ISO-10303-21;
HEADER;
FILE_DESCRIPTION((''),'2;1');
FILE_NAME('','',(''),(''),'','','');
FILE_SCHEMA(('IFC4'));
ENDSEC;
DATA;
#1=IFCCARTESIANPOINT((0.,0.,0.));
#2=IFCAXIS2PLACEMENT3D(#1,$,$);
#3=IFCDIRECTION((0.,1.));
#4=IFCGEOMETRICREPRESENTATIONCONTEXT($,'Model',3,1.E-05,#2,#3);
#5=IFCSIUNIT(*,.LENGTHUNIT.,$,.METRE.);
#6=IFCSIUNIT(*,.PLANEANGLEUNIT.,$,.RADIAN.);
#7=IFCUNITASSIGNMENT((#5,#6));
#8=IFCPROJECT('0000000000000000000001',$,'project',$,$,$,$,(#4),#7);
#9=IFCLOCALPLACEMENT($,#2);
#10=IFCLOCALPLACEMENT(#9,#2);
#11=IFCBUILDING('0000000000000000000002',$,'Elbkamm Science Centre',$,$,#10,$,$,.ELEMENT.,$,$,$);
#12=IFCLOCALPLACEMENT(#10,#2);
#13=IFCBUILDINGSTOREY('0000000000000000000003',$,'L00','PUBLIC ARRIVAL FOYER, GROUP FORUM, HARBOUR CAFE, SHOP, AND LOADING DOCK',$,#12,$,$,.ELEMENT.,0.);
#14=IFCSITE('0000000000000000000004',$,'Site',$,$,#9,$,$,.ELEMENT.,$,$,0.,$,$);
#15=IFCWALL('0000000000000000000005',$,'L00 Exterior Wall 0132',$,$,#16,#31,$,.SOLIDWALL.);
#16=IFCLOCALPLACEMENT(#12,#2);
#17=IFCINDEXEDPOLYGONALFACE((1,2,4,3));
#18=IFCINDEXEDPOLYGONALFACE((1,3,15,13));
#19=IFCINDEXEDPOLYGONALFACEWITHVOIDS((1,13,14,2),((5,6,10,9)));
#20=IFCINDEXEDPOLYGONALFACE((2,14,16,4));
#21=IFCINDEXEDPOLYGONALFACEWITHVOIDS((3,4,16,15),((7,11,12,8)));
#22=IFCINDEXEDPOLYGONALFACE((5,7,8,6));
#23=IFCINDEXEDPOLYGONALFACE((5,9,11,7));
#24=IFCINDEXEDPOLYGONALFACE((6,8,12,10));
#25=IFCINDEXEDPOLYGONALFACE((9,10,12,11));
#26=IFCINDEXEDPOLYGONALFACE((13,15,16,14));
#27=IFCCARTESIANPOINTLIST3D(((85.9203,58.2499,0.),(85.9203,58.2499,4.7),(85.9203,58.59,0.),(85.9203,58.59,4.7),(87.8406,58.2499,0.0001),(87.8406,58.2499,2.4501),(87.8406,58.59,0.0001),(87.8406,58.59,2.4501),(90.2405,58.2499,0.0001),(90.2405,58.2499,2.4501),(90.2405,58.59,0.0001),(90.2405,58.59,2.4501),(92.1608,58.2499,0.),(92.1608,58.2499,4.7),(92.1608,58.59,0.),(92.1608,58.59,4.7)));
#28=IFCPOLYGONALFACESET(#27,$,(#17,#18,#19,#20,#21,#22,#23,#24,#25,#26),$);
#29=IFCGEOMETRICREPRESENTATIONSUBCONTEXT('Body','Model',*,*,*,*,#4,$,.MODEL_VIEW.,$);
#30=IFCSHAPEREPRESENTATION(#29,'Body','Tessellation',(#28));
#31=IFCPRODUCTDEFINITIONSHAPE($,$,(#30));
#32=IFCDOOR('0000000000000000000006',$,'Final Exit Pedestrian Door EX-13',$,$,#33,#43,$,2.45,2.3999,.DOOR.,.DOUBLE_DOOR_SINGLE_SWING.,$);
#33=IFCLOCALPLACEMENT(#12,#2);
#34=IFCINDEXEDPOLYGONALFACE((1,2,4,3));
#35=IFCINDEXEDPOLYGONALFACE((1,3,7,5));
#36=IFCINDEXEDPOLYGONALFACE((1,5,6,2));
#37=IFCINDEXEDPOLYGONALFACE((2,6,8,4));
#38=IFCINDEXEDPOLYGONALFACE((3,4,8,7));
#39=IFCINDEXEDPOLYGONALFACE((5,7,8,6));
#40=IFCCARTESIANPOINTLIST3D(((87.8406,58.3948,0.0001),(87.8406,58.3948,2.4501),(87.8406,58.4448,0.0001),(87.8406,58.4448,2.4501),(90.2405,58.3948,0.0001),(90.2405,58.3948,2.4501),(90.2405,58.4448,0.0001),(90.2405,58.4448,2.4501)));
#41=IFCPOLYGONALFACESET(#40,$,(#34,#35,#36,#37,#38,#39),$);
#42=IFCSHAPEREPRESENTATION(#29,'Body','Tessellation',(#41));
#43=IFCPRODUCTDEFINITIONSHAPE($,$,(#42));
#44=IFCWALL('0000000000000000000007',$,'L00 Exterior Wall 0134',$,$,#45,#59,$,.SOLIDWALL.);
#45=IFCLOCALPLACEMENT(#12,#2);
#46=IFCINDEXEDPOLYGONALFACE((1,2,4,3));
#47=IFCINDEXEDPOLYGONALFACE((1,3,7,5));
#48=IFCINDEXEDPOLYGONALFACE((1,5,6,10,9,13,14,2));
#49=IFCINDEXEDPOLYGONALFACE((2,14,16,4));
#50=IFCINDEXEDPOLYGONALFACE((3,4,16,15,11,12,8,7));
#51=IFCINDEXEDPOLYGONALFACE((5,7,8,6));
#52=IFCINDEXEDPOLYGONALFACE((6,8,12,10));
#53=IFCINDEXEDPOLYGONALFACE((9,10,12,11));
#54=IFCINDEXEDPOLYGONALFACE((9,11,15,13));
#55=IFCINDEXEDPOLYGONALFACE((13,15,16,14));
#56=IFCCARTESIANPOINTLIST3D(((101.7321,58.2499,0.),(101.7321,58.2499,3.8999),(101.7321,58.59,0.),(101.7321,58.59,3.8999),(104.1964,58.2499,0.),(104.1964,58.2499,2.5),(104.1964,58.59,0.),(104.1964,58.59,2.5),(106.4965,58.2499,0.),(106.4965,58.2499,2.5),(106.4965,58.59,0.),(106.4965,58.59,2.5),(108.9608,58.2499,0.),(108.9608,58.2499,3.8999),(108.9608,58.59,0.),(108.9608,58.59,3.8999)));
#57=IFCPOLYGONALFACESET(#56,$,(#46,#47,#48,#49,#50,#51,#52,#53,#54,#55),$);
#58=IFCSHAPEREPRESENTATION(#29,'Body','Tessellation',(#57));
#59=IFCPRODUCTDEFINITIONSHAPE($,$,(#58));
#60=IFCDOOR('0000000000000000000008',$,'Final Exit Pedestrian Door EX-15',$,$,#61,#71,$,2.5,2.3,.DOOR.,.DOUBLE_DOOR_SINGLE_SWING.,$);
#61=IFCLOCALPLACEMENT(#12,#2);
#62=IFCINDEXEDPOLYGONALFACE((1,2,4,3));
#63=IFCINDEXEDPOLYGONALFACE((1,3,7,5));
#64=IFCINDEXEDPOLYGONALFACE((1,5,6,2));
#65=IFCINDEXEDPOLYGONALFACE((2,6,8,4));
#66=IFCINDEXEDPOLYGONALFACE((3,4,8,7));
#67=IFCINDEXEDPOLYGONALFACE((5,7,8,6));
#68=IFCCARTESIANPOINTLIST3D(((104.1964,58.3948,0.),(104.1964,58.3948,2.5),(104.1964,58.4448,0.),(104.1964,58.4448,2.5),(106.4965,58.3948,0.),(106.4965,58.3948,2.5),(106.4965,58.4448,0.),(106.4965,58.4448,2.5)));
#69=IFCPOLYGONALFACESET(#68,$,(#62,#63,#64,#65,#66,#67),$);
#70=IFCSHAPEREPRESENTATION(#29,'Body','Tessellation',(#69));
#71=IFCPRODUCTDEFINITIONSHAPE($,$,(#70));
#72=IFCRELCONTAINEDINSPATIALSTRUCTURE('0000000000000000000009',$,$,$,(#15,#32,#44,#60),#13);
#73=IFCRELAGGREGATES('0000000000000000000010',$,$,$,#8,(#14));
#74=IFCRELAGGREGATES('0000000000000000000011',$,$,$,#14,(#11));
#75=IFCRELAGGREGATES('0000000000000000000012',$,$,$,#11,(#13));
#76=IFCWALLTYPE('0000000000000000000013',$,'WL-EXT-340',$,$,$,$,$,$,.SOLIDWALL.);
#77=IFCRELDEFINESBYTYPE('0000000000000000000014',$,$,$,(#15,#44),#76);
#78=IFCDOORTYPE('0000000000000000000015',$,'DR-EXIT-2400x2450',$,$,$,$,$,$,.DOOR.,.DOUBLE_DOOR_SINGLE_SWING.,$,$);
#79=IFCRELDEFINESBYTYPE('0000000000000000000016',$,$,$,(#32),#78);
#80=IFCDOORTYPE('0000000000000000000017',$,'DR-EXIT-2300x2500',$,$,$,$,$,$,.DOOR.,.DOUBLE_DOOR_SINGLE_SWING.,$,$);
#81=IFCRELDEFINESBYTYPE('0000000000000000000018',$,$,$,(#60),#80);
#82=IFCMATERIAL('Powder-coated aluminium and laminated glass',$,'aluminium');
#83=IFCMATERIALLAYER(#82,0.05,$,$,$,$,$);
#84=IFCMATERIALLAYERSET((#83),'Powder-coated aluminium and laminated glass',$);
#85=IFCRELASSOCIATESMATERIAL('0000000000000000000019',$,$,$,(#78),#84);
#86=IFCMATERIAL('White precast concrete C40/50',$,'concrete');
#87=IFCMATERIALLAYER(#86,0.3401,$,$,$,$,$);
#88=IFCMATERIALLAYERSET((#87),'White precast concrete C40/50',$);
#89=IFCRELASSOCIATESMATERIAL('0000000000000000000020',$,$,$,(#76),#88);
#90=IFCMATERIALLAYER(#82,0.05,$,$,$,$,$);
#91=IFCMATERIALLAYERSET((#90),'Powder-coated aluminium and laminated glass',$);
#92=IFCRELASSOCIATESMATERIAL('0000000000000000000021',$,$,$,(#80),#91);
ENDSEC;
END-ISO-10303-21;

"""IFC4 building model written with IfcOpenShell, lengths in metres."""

from ifc_helpers import new_model, si_unit, direction, frame, frame_2d, origin, place, context, subcontext, project, spatial, rectangle, extrude, material, layer, layer_set, type_object, element, fill, save


model = new_model("IFC4")

# Units and contexts
model_context = context("Model", 3, precision=1e-05, world=origin(), true_north=direction((0.0, 1.0)))
body_context = subcontext(model_context, "Body", "Model", "MODEL_VIEW")
ifc_project = project(units=[si_unit("LENGTHUNIT", "METRE"), si_unit("PLANEANGLEUNIT", "RADIAN")], contexts=[model_context])

# Site, building, storey
site_placement = place(None, origin())
site = spatial("IfcSite", under=ifc_project, at=site_placement, Name="Site", CompositionType="ELEMENT", RefElevation=0.0)
building_placement = place(site_placement, origin())
building = spatial("IfcBuilding", under=site, at=building_placement, Name="Elbkamm Science Centre", CompositionType="ELEMENT")
storey_placement = place(building_placement, origin())
storey = spatial("IfcBuildingStorey", under=building, at=storey_placement, Name="L00", Description="PUBLIC ARRIVAL FOYER, GROUP FORUM, HARBOUR CAFE, SHOP, AND LOADING DOCK", CompositionType="ELEMENT", Elevation=0.0)

# Walls, openings, doors
ifc_material_1 = material(Name="White precast concrete C40/50", Category="concrete")
ifc_material_2 = material(Name="Powder-coated aluminium and laminated glass", Category="aluminium")
ifc_layer_1 = layer(ifc_material_2, 0.05)
ifc_layer_set_1 = layer_set([ifc_layer_1], Name="Powder-coated aluminium and laminated glass")
door_type_1 = type_object("IfcDoorType", Name="DR-EXIT-2400x2450", OperationType="DOUBLE_DOOR_SINGLE_SWING", PredefinedType="DOOR", material=ifc_layer_set_1)
ifc_layer_2 = layer(ifc_material_1, 0.3401)
ifc_layer_set_2 = layer_set([ifc_layer_2], Name="White precast concrete C40/50")
wall_type_1 = type_object("IfcWallType", Name="WL-EXT-340", PredefinedType="SOLIDWALL", material=ifc_layer_set_2)
wall_1_placement = place(storey_placement, frame((85.9204, 58.4199, 0.0), z_axis=(0.0, 0.0, 1.0), x_axis=(1.0, 0.0, 0.0)))
wall_1 = element("IfcWall", 1, at=wall_1_placement, inside=storey, type_object=wall_type_1, Name="L00 Exterior Wall 0132", PredefinedType="SOLIDWALL", context=body_context, shape_type="SweptSolid", body=[
    extrude(rectangle(XDim=6.2405, YDim=0.3401, at=frame_2d((3.1201, 0.0))), origin(), (0.0, 0.0, 1.0), 4.7),
])
opening_1_placement = place(wall_1_placement, frame((1.9202, 0.0, 0.0)))
opening_1 = element("IfcOpeningElement", 2, at=opening_1_placement, cuts=wall_1, PredefinedType="OPENING", context=body_context, shape_type="SweptSolid", body=[
    extrude(rectangle(XDim=2.3999, YDim=2.45, at=frame_2d((1.2, 1.2251))), frame((0.0, 0.1821, 0.0), z_axis=(0.0, -1.0, 0.0), x_axis=(1.0, 0.0, 0.0)), (0.0, 0.0, 1.0), 0.364),
])
door_1_placement = place(opening_1_placement, origin())
door_1 = element("IfcDoor", 3, at=door_1_placement, inside=storey, type_object=door_type_1, Name="Final Exit Pedestrian Door EX-13", OperationType="DOUBLE_DOOR_SINGLE_SWING", OverallHeight=2.45, OverallWidth=2.3999, PredefinedType="DOOR", context=body_context, shape_type="SweptSolid", body=[
    extrude(rectangle(XDim=2.3999, YDim=2.45, at=frame_2d((1.2, 1.2251))), frame((0.0, 0.0249, 0.0), z_axis=(0.0, -1.0, 0.0), x_axis=(1.0, 0.0, 0.0)), (0.0, 0.0, 1.0), 0.05),
])
fill(opening_1, door_1)
wall_2_placement = place(storey_placement, frame((101.7322, 58.4199, 0.0), z_axis=(0.0, 0.0, 1.0), x_axis=(1.0, 0.0, 0.0)))
wall_2 = element("IfcWall", 4, at=wall_2_placement, inside=storey, type_object=wall_type_1, Name="L00 Exterior Wall 0134", PredefinedType="SOLIDWALL", context=body_context, shape_type="SweptSolid", body=[
    extrude(rectangle(XDim=7.2288, YDim=0.3401, at=frame_2d((3.6143, 0.0))), origin(), (0.0, 0.0, 1.0), 3.8999),
])
opening_2_placement = place(wall_2_placement, frame((2.4644, 0.0, 0.0)))
opening_2 = element("IfcOpeningElement", 5, at=opening_2_placement, cuts=wall_2, PredefinedType="OPENING", context=body_context, shape_type="SweptSolid", body=[
    extrude(rectangle(XDim=2.3, YDim=2.5, at=frame_2d((1.1499, 1.25))), frame((0.0, 0.1821, 0.0), z_axis=(0.0, -1.0, 0.0), x_axis=(1.0, 0.0, 0.0)), (0.0, 0.0, 1.0), 0.364),
])
ifc_layer_3 = layer(ifc_material_2, 0.05)
ifc_layer_set_3 = layer_set([ifc_layer_3], Name="Powder-coated aluminium and laminated glass")
door_type_2 = type_object("IfcDoorType", Name="DR-EXIT-2300x2500", OperationType="DOUBLE_DOOR_SINGLE_SWING", PredefinedType="DOOR", material=ifc_layer_set_3)
door_2_placement = place(opening_2_placement, origin())
door_2 = element("IfcDoor", 6, at=door_2_placement, inside=storey, type_object=door_type_2, Name="Final Exit Pedestrian Door EX-15", OperationType="DOUBLE_DOOR_SINGLE_SWING", OverallHeight=2.5, OverallWidth=2.3, PredefinedType="DOOR", context=body_context, shape_type="SweptSolid", body=[
    extrude(rectangle(XDim=2.3, YDim=2.5, at=frame_2d((1.1499, 1.25))), frame((0.0, 0.0249, 0.0), z_axis=(0.0, -1.0, 0.0), x_axis=(1.0, 0.0, 0.0)), (0.0, 0.0, 1.0), 0.05),
])
fill(opening_2, door_2)

save(model, "model.ifc")
